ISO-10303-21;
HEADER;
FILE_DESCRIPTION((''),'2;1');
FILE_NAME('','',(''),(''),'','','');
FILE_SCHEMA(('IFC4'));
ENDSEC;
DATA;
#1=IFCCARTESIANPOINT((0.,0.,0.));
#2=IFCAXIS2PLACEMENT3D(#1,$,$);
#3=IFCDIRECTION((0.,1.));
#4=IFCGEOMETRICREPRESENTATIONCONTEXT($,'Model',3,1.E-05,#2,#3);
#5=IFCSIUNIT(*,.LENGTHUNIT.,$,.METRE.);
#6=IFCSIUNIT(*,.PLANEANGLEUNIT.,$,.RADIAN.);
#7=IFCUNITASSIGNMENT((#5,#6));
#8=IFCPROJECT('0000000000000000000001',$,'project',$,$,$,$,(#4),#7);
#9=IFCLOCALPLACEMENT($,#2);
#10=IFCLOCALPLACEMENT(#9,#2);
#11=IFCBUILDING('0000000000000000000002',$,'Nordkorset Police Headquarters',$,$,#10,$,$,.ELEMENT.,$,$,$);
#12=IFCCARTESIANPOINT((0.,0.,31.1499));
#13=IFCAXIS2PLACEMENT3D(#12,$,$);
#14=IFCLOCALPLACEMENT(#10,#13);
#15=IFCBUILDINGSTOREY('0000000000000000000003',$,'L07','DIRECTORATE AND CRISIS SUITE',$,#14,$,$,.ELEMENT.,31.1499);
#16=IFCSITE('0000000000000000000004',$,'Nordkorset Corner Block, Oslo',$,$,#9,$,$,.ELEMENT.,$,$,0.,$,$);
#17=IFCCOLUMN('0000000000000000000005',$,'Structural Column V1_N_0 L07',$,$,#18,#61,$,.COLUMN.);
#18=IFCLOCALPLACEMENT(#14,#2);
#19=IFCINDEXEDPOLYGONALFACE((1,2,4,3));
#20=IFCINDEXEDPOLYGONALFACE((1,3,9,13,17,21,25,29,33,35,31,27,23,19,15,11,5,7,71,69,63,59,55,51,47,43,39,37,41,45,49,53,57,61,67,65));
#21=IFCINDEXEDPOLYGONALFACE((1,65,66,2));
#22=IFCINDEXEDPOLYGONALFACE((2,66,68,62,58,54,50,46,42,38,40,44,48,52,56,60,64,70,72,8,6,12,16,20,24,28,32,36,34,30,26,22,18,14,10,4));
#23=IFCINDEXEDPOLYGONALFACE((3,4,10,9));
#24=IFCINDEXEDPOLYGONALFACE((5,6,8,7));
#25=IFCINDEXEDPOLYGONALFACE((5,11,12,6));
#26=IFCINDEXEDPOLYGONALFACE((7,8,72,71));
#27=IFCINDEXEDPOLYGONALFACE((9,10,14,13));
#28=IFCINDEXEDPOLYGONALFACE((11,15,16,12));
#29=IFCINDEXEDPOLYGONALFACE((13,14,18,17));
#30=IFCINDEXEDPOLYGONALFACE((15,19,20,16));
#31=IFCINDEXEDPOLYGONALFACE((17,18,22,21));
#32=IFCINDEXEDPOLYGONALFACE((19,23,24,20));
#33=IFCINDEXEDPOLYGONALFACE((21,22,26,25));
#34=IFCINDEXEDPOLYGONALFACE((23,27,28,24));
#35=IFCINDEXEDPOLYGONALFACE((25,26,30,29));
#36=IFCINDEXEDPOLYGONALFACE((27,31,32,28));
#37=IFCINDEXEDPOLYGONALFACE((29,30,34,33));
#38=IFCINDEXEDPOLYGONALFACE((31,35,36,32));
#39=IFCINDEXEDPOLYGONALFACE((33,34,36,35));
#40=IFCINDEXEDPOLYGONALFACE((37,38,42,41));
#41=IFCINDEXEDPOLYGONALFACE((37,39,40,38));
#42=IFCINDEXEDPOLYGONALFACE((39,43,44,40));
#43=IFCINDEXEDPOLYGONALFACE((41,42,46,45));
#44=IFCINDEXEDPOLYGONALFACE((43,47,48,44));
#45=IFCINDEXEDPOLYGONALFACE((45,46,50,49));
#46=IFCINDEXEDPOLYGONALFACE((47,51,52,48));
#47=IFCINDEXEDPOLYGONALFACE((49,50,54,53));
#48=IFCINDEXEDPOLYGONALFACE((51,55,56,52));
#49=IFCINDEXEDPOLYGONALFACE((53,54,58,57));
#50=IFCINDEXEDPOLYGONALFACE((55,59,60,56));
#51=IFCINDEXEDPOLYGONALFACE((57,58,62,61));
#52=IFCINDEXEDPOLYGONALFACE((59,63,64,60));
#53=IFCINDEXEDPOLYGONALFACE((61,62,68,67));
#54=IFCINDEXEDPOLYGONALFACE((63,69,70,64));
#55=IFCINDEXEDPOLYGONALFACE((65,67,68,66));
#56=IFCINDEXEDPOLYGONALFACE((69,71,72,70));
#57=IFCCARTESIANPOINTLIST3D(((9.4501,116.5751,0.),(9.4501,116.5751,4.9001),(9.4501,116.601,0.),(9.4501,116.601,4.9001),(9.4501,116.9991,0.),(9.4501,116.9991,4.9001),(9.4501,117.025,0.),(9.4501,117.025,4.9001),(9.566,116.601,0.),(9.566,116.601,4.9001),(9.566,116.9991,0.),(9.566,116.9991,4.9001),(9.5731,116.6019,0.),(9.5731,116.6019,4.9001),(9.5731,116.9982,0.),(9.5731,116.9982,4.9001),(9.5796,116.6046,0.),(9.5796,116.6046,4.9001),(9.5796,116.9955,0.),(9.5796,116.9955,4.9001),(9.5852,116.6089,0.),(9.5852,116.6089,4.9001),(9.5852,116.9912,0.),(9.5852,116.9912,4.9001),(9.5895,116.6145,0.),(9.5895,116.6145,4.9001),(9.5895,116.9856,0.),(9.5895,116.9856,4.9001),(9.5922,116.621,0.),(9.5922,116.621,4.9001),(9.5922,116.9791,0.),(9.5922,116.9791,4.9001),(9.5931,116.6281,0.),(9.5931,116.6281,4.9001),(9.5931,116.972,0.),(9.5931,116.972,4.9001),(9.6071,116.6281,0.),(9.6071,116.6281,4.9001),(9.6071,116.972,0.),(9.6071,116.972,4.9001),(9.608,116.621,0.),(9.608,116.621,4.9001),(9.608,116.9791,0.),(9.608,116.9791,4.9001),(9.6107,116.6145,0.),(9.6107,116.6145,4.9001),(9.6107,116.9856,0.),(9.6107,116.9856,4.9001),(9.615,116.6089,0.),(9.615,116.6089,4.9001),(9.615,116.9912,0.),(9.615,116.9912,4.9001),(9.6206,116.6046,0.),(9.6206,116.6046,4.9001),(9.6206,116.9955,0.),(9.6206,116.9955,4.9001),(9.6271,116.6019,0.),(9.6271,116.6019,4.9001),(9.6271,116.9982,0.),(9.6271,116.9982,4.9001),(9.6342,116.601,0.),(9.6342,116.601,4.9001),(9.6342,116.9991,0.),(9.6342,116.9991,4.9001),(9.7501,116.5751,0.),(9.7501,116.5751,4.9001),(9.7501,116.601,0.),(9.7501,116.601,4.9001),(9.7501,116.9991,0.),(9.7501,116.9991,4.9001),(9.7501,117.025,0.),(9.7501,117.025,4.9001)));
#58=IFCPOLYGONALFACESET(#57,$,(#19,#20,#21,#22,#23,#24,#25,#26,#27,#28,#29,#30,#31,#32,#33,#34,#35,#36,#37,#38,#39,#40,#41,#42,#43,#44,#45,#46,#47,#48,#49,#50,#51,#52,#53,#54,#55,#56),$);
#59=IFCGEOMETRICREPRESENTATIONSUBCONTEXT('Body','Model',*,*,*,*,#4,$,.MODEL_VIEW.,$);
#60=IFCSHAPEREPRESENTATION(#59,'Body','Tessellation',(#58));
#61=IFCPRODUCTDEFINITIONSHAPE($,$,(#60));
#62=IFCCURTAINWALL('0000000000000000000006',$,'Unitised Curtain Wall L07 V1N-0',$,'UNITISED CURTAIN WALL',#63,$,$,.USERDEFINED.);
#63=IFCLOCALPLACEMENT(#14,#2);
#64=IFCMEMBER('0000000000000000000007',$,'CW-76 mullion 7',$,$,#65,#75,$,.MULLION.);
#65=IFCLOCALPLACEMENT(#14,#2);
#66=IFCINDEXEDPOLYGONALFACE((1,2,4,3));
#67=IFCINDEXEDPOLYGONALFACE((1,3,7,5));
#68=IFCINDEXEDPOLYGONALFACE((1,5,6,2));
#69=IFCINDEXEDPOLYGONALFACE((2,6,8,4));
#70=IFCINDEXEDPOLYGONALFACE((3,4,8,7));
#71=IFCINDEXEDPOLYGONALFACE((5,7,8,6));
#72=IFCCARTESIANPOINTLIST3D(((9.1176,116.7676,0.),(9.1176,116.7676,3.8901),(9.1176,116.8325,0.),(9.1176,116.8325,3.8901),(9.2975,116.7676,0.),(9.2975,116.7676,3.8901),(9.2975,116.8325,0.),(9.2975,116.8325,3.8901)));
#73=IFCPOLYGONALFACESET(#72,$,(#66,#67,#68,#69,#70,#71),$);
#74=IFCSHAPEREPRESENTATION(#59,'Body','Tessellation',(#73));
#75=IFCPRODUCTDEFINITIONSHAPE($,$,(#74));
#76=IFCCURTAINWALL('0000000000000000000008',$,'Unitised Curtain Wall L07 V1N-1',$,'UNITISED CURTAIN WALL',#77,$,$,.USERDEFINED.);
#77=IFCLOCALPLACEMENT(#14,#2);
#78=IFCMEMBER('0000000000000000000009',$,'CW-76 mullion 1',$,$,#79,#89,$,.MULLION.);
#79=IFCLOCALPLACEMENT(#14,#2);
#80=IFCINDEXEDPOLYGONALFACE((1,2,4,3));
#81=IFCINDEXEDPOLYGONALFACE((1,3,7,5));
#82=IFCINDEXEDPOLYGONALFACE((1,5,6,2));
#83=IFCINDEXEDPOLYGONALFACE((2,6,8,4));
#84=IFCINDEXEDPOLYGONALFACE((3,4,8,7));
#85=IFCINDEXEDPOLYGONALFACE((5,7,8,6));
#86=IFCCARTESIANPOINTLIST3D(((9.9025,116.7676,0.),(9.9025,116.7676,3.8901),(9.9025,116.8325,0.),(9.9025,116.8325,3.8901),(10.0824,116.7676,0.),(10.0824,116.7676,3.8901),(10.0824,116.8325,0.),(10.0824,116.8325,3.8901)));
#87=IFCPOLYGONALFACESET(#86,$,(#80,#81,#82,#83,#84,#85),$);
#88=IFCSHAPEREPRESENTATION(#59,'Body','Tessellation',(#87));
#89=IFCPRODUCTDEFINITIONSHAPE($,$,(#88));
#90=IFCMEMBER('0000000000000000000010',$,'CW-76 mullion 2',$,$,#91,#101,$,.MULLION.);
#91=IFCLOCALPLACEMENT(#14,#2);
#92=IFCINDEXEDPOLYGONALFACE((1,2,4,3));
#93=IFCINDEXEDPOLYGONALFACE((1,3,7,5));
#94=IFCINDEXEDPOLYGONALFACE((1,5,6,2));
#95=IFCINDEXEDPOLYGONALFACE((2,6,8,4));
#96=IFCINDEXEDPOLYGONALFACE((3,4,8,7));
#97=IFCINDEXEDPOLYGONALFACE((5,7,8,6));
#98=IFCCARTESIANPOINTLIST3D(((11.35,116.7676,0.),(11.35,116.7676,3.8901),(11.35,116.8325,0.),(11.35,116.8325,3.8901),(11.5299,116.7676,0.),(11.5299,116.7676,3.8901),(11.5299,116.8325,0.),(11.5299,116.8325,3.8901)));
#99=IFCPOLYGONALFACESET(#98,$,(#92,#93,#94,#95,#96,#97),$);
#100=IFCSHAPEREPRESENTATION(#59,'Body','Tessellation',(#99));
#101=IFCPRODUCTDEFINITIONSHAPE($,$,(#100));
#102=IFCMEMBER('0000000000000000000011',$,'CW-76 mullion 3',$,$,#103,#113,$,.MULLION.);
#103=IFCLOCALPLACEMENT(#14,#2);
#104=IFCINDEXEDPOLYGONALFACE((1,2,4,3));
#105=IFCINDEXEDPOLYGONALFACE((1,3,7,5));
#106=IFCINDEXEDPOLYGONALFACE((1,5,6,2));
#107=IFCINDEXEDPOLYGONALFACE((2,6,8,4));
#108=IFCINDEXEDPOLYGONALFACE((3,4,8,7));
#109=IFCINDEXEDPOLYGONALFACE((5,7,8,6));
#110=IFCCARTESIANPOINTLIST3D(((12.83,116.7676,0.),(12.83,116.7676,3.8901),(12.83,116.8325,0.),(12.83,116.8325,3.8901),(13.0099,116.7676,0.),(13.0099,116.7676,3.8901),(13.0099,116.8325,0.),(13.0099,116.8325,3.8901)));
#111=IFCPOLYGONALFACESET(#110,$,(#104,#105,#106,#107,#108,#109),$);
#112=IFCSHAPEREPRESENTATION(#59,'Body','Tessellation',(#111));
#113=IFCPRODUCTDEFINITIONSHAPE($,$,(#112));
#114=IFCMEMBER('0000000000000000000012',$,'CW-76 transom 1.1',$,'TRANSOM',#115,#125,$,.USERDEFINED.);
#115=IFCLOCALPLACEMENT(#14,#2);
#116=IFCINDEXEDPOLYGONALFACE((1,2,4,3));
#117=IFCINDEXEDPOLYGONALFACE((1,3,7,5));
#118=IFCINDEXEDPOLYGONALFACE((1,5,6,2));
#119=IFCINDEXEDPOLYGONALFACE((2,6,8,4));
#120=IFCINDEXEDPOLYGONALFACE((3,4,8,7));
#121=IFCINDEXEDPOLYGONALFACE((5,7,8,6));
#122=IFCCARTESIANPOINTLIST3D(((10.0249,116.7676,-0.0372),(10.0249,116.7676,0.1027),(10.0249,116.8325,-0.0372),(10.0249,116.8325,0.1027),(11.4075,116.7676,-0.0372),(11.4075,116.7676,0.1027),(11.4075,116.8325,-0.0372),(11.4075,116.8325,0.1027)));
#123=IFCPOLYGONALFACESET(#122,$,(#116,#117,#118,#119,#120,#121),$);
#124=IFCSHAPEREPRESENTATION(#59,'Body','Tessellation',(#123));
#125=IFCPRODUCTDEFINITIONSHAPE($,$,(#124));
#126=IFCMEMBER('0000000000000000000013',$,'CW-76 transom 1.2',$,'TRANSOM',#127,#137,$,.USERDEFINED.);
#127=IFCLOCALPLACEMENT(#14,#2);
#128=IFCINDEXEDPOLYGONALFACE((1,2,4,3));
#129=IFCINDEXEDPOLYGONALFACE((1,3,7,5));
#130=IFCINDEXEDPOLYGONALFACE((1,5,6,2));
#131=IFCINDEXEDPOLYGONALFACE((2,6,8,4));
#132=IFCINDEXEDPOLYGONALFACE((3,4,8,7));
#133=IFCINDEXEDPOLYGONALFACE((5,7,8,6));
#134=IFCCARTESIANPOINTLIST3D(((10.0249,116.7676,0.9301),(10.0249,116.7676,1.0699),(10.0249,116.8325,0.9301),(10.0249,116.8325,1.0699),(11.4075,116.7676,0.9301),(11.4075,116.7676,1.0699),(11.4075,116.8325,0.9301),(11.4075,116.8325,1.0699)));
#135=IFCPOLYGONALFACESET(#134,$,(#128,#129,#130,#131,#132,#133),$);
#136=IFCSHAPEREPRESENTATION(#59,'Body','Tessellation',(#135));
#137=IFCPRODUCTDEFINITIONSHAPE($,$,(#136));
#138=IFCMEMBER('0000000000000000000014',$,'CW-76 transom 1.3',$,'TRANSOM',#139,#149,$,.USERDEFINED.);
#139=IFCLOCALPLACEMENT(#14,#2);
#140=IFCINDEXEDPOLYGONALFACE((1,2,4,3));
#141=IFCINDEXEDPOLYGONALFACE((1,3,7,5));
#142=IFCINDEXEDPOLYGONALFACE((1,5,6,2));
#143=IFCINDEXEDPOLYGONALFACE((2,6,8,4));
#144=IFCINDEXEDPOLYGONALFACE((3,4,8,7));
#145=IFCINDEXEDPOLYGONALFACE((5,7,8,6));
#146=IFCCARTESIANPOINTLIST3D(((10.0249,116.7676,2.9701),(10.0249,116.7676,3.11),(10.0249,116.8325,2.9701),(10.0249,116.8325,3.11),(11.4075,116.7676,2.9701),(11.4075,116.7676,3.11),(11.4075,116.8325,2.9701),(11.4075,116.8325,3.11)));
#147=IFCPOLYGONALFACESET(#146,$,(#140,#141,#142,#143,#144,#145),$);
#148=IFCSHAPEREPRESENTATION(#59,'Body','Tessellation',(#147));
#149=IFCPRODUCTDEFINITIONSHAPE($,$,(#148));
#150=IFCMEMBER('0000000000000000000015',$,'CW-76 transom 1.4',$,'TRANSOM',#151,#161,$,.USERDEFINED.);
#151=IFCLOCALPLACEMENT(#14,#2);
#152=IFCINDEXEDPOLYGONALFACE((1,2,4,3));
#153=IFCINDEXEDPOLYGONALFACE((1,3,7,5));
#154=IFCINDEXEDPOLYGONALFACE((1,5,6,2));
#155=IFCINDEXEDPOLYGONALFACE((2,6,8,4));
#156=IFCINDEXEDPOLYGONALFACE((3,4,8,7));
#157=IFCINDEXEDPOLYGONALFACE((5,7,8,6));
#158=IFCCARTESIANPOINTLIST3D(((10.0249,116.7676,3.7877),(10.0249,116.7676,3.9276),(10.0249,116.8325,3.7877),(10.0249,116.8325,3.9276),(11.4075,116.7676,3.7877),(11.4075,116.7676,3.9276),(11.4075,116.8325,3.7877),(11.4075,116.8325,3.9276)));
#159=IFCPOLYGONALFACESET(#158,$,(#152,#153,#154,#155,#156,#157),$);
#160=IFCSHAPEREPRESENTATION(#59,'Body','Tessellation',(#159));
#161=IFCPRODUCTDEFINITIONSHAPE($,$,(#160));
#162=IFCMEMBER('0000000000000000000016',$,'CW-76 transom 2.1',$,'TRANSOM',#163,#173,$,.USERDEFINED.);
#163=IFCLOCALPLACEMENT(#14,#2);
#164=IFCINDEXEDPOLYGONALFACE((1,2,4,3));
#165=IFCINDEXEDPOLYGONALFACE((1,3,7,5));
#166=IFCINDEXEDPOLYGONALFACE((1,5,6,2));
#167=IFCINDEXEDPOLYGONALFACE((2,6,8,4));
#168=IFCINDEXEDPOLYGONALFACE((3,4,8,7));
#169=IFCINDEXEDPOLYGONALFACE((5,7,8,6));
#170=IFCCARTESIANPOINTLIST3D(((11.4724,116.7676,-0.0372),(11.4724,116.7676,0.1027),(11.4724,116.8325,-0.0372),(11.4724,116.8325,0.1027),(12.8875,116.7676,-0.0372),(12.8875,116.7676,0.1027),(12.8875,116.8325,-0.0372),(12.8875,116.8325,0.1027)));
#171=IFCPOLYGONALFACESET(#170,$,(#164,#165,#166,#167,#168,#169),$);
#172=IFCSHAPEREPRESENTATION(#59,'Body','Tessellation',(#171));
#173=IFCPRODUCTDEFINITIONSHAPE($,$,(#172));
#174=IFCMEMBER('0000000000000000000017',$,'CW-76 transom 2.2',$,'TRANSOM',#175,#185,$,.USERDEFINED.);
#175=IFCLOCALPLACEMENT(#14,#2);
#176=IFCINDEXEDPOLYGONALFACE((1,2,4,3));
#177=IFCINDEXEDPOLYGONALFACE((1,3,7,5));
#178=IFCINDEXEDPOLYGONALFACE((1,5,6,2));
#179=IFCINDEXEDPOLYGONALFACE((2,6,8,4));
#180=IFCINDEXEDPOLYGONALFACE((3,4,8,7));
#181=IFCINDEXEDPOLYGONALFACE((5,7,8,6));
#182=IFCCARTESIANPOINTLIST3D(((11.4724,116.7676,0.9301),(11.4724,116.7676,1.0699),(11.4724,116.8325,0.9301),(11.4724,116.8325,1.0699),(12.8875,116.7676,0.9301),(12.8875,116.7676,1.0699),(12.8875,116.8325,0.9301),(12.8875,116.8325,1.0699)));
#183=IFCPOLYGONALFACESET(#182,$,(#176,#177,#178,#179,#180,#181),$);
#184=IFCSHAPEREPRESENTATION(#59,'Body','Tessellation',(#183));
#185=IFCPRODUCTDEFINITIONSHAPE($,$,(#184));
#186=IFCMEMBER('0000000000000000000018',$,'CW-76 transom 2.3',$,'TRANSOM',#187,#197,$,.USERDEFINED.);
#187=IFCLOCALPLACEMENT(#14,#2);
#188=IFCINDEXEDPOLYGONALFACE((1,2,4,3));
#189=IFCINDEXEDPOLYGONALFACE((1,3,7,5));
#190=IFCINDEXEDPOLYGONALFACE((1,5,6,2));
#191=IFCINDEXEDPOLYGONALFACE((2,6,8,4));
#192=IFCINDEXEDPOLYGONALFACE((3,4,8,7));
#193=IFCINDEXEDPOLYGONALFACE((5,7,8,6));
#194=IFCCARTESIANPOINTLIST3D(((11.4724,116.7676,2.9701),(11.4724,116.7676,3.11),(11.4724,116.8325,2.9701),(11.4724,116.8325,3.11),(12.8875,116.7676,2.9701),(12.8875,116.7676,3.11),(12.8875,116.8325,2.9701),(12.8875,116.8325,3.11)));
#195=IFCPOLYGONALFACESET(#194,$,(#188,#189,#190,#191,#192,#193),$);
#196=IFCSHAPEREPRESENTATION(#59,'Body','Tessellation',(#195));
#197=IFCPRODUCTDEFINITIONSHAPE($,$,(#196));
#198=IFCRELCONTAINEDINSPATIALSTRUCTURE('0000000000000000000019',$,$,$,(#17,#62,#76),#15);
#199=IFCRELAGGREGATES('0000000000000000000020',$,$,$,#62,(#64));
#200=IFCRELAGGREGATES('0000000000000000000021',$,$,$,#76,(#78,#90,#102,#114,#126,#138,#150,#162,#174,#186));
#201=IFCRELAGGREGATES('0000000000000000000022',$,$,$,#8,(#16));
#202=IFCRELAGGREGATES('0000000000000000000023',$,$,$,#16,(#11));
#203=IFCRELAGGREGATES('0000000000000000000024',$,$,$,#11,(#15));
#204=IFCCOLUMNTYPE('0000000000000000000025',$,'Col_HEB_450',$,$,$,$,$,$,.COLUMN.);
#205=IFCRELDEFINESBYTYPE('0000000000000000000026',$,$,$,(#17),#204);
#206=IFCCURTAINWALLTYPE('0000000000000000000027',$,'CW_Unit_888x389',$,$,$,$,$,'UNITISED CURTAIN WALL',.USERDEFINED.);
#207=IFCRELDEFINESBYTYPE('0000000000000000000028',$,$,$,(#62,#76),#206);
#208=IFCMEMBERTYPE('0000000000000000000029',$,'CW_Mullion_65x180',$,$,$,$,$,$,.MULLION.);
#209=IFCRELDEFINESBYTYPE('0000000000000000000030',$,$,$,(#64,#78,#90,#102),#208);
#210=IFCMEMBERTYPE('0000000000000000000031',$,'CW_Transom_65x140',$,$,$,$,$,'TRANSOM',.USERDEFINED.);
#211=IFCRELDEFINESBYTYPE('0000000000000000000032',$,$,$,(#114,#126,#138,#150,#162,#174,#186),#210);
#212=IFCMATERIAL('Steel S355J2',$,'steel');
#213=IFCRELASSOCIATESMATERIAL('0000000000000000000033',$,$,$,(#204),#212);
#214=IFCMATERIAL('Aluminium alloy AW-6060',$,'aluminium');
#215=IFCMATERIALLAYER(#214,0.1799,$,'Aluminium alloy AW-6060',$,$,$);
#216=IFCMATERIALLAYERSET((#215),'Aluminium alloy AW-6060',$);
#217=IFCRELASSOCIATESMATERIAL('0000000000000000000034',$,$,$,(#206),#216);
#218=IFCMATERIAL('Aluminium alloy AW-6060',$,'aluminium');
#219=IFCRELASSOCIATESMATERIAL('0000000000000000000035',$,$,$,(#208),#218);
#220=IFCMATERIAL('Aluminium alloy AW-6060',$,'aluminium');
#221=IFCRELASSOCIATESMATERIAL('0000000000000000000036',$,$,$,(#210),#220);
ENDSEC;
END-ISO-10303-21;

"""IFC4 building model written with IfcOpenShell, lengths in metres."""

from ifc_helpers import new_model, si_unit, direction, frame, origin, origin_2d, place, context, subcontext, project, spatial, rectangle, i_section, extrude, material, layer, layer_set, material_profile, profile_set, type_object, element, aggregate, save


model = new_model("IFC4")

# Units and contexts
model_context = context("Model", 3, precision=1e-05, world=origin(), true_north=direction((0.0, 1.0)))
body_context = subcontext(model_context, "Body", "Model", "MODEL_VIEW")
ifc_project = project(units=[si_unit("LENGTHUNIT", "METRE"), si_unit("PLANEANGLEUNIT", "RADIAN")], contexts=[model_context])

# Site, building, storey
site_placement = place(None, origin())
site = spatial("IfcSite", under=ifc_project, at=site_placement, Name="Nordkorset Corner Block, Oslo", CompositionType="ELEMENT", RefElevation=0.0)
building_placement = place(site_placement, origin())
building = spatial("IfcBuilding", under=site, at=building_placement, Name="Nordkorset Police Headquarters", CompositionType="ELEMENT")
storey_placement = place(building_placement, frame((0.0, 0.0, 31.1499)))
storey = spatial("IfcBuildingStorey", under=building, at=storey_placement, Name="L07", Description="DIRECTORATE AND CRISIS SUITE", CompositionType="ELEMENT", Elevation=31.1499)

# Column
ifc_material_1 = material(Name="Steel S355J2", Category="steel")
ifc_material_profile_1 = material_profile(ifc_material_1, i_section(OverallWidth=0.3, OverallDepth=0.45, WebThickness=0.0139, FlangeThickness=0.0259, FilletRadius=0.0271, at=origin_2d()), Name="HEB 450")
ifc_profile_set_1 = profile_set([ifc_material_profile_1], Name="Steel S355J2")
column_type = type_object("IfcColumnType", Name="Col_HEB_450", PredefinedType="COLUMN", material=ifc_profile_set_1)
column_placement = place(storey_placement, frame((9.6001, 116.8, 0.0), z_axis=(0.0, 0.0, 1.0), x_axis=(1.0, 0.0, 0.0)))
element("IfcColumn", 1, at=column_placement, inside=storey, type_object=column_type, Name="Structural Column V1_N_0 L07", PredefinedType="COLUMN", context=body_context, shape_type="SweptSolid", body=[
    extrude(i_section(OverallWidth=0.3, OverallDepth=0.45, WebThickness=0.0139, FlangeThickness=0.0259, FilletRadius=0.0271, at=origin_2d()), origin(), (0.0, 0.0, 1.0), 4.9001),
])

# Curtain wall, member
ifc_material_2 = material(Name="Aluminium alloy AW-6060", Category="aluminium")
ifc_layer_1 = layer(ifc_material_2, 0.1799, Name="Aluminium alloy AW-6060")
ifc_layer_set_1 = layer_set([ifc_layer_1], Name="Aluminium alloy AW-6060")
curtain_wall_type = type_object("IfcCurtainWallType", Name="CW_Unit_888x389", ElementType="UNITISED CURTAIN WALL", PredefinedType="USERDEFINED", material=ifc_layer_set_1)
curtain_wall_1_placement = place(storey_placement, origin())
curtain_wall_1 = element("IfcCurtainWall", 2, at=curtain_wall_1_placement, inside=storey, type_object=curtain_wall_type, Name="Unitised Curtain Wall L07 V1N-0", ObjectType="UNITISED CURTAIN WALL", PredefinedType="USERDEFINED")
ifc_material_3 = material(Name="Aluminium alloy AW-6060", Category="aluminium")
ifc_material_profile_2 = material_profile(ifc_material_3, rectangle(XDim=0.0649, YDim=0.1799, at=origin_2d()), Name="ALU MULL 65x180")
ifc_profile_set_2 = profile_set([ifc_material_profile_2], Name="Aluminium alloy AW-6060")
member_type_1 = type_object("IfcMemberType", Name="CW_Mullion_65x180", PredefinedType="MULLION", material=ifc_profile_set_2)
member_1_placement = place(storey_placement, frame((9.2075, 116.8, 0.0), z_axis=(0.0, 0.0, 1.0), x_axis=(0.0, 1.0, 0.0)))
member_1 = element("IfcMember", 3, at=member_1_placement, type_object=member_type_1, Name="CW-76 mullion 7", PredefinedType="MULLION", context=body_context, shape_type="SweptSolid", body=[
    extrude(rectangle(XDim=0.0649, YDim=0.1799, at=origin_2d()), origin(), (0.0, 0.0, 1.0), 3.8901),
])
aggregate(curtain_wall_1, [member_1])

# Curtain wall, members
curtain_wall_2_placement = place(storey_placement, origin())
curtain_wall_2 = element("IfcCurtainWall", 4, at=curtain_wall_2_placement, inside=storey, type_object=curtain_wall_type, Name="Unitised Curtain Wall L07 V1N-1", ObjectType="UNITISED CURTAIN WALL", PredefinedType="USERDEFINED")
member_2_placement = place(storey_placement, frame((9.9924, 116.8, 0.0), z_axis=(0.0, 0.0, 1.0), x_axis=(0.0, 1.0, 0.0)))
member_2 = element("IfcMember", 5, at=member_2_placement, type_object=member_type_1, Name="CW-76 mullion 1", PredefinedType="MULLION", context=body_context, shape_type="SweptSolid", body=[
    extrude(rectangle(XDim=0.0649, YDim=0.1799, at=origin_2d()), origin(), (0.0, 0.0, 1.0), 3.8901),
])
member_3_placement = place(storey_placement, frame((11.4399, 116.8, 0.0), z_axis=(0.0, 0.0, 1.0), x_axis=(0.0, 1.0, 0.0)))
member_3 = element("IfcMember", 6, at=member_3_placement, type_object=member_type_1, Name="CW-76 mullion 2", PredefinedType="MULLION", context=body_context, shape_type="SweptSolid", body=[
    extrude(rectangle(XDim=0.0649, YDim=0.1799, at=origin_2d()), origin(), (0.0, 0.0, 1.0), 3.8901),
])
member_4_placement = place(storey_placement, frame((12.9199, 116.8, 0.0), z_axis=(0.0, 0.0, 1.0), x_axis=(0.0, 1.0, 0.0)))
member_4 = element("IfcMember", 7, at=member_4_placement, type_object=member_type_1, Name="CW-76 mullion 3", PredefinedType="MULLION", context=body_context, shape_type="SweptSolid", body=[
    extrude(rectangle(XDim=0.0649, YDim=0.1799, at=origin_2d()), origin(), (0.0, 0.0, 1.0), 3.8901),
])
ifc_material_4 = material(Name="Aluminium alloy AW-6060", Category="aluminium")
ifc_material_profile_3 = material_profile(ifc_material_4, rectangle(XDim=0.0649, YDim=0.1399, at=origin_2d()), Name="ALU TRAN 65x140")
ifc_profile_set_3 = profile_set([ifc_material_profile_3], Name="Aluminium alloy AW-6060")
member_type_2 = type_object("IfcMemberType", Name="CW_Transom_65x140", ElementType="TRANSOM", PredefinedType="USERDEFINED", material=ifc_profile_set_3)
member_5_placement = place(storey_placement, frame((10.0249, 116.8, 0.0327), z_axis=(1.0, 0.0, 0.0), x_axis=(0.0, 1.0, 0.0)))
member_5 = element("IfcMember", 8, at=member_5_placement, type_object=member_type_2, Name="CW-76 transom 1.1", ObjectType="TRANSOM", PredefinedType="USERDEFINED", context=body_context, shape_type="SweptSolid", body=[
    extrude(rectangle(XDim=0.0649, YDim=0.1399, at=origin_2d()), origin(), (0.0, 0.0, 1.0), 1.3826),
])
member_6_placement = place(storey_placement, frame((10.0249, 116.8, 1.0), z_axis=(1.0, 0.0, 0.0), x_axis=(0.0, 1.0, 0.0)))
member_6 = element("IfcMember", 9, at=member_6_placement, type_object=member_type_2, Name="CW-76 transom 1.2", ObjectType="TRANSOM", PredefinedType="USERDEFINED", context=body_context, shape_type="SweptSolid", body=[
    extrude(rectangle(XDim=0.0649, YDim=0.1399, at=origin_2d()), origin(), (0.0, 0.0, 1.0), 1.3826),
])
member_7_placement = place(storey_placement, frame((10.0249, 116.8, 3.04), z_axis=(1.0, 0.0, 0.0), x_axis=(0.0, 1.0, 0.0)))
member_7 = element("IfcMember", 10, at=member_7_placement, type_object=member_type_2, Name="CW-76 transom 1.3", ObjectType="TRANSOM", PredefinedType="USERDEFINED", context=body_context, shape_type="SweptSolid", body=[
    extrude(rectangle(XDim=0.0649, YDim=0.1399, at=origin_2d()), origin(), (0.0, 0.0, 1.0), 1.3826),
])
member_8_placement = place(storey_placement, frame((10.0249, 116.8, 3.8577), z_axis=(1.0, 0.0, 0.0), x_axis=(0.0, 1.0, 0.0)))
member_8 = element("IfcMember", 11, at=member_8_placement, type_object=member_type_2, Name="CW-76 transom 1.4", ObjectType="TRANSOM", PredefinedType="USERDEFINED", context=body_context, shape_type="SweptSolid", body=[
    extrude(rectangle(XDim=0.0649, YDim=0.1399, at=origin_2d()), origin(), (0.0, 0.0, 1.0), 1.3826),
])
member_9_placement = place(storey_placement, frame((11.4724, 116.8, 0.0327), z_axis=(1.0, 0.0, 0.0), x_axis=(0.0, 1.0, 0.0)))
member_9 = element("IfcMember", 12, at=member_9_placement, type_object=member_type_2, Name="CW-76 transom 2.1", ObjectType="TRANSOM", PredefinedType="USERDEFINED", context=body_context, shape_type="SweptSolid", body=[
    extrude(rectangle(XDim=0.0649, YDim=0.1399, at=origin_2d()), origin(), (0.0, 0.0, 1.0), 1.415),
])
member_10_placement = place(storey_placement, frame((11.4724, 116.8, 1.0), z_axis=(1.0, 0.0, 0.0), x_axis=(0.0, 1.0, 0.0)))
member_10 = element("IfcMember", 13, at=member_10_placement, type_object=member_type_2, Name="CW-76 transom 2.2", ObjectType="TRANSOM", PredefinedType="USERDEFINED", context=body_context, shape_type="SweptSolid", body=[
    extrude(rectangle(XDim=0.0649, YDim=0.1399, at=origin_2d()), origin(), (0.0, 0.0, 1.0), 1.415),
])
member_11_placement = place(storey_placement, frame((11.4724, 116.8, 3.04), z_axis=(1.0, 0.0, 0.0), x_axis=(0.0, 1.0, 0.0)))
member_11 = element("IfcMember", 14, at=member_11_placement, type_object=member_type_2, Name="CW-76 transom 2.3", ObjectType="TRANSOM", PredefinedType="USERDEFINED", context=body_context, shape_type="SweptSolid", body=[
    extrude(rectangle(XDim=0.0649, YDim=0.1399, at=origin_2d()), origin(), (0.0, 0.0, 1.0), 1.415),
])
aggregate(curtain_wall_2, [member_2, member_3, member_4, member_5, member_6, member_7, member_8, member_9, member_10, member_11])

save(model, "model.ifc")
